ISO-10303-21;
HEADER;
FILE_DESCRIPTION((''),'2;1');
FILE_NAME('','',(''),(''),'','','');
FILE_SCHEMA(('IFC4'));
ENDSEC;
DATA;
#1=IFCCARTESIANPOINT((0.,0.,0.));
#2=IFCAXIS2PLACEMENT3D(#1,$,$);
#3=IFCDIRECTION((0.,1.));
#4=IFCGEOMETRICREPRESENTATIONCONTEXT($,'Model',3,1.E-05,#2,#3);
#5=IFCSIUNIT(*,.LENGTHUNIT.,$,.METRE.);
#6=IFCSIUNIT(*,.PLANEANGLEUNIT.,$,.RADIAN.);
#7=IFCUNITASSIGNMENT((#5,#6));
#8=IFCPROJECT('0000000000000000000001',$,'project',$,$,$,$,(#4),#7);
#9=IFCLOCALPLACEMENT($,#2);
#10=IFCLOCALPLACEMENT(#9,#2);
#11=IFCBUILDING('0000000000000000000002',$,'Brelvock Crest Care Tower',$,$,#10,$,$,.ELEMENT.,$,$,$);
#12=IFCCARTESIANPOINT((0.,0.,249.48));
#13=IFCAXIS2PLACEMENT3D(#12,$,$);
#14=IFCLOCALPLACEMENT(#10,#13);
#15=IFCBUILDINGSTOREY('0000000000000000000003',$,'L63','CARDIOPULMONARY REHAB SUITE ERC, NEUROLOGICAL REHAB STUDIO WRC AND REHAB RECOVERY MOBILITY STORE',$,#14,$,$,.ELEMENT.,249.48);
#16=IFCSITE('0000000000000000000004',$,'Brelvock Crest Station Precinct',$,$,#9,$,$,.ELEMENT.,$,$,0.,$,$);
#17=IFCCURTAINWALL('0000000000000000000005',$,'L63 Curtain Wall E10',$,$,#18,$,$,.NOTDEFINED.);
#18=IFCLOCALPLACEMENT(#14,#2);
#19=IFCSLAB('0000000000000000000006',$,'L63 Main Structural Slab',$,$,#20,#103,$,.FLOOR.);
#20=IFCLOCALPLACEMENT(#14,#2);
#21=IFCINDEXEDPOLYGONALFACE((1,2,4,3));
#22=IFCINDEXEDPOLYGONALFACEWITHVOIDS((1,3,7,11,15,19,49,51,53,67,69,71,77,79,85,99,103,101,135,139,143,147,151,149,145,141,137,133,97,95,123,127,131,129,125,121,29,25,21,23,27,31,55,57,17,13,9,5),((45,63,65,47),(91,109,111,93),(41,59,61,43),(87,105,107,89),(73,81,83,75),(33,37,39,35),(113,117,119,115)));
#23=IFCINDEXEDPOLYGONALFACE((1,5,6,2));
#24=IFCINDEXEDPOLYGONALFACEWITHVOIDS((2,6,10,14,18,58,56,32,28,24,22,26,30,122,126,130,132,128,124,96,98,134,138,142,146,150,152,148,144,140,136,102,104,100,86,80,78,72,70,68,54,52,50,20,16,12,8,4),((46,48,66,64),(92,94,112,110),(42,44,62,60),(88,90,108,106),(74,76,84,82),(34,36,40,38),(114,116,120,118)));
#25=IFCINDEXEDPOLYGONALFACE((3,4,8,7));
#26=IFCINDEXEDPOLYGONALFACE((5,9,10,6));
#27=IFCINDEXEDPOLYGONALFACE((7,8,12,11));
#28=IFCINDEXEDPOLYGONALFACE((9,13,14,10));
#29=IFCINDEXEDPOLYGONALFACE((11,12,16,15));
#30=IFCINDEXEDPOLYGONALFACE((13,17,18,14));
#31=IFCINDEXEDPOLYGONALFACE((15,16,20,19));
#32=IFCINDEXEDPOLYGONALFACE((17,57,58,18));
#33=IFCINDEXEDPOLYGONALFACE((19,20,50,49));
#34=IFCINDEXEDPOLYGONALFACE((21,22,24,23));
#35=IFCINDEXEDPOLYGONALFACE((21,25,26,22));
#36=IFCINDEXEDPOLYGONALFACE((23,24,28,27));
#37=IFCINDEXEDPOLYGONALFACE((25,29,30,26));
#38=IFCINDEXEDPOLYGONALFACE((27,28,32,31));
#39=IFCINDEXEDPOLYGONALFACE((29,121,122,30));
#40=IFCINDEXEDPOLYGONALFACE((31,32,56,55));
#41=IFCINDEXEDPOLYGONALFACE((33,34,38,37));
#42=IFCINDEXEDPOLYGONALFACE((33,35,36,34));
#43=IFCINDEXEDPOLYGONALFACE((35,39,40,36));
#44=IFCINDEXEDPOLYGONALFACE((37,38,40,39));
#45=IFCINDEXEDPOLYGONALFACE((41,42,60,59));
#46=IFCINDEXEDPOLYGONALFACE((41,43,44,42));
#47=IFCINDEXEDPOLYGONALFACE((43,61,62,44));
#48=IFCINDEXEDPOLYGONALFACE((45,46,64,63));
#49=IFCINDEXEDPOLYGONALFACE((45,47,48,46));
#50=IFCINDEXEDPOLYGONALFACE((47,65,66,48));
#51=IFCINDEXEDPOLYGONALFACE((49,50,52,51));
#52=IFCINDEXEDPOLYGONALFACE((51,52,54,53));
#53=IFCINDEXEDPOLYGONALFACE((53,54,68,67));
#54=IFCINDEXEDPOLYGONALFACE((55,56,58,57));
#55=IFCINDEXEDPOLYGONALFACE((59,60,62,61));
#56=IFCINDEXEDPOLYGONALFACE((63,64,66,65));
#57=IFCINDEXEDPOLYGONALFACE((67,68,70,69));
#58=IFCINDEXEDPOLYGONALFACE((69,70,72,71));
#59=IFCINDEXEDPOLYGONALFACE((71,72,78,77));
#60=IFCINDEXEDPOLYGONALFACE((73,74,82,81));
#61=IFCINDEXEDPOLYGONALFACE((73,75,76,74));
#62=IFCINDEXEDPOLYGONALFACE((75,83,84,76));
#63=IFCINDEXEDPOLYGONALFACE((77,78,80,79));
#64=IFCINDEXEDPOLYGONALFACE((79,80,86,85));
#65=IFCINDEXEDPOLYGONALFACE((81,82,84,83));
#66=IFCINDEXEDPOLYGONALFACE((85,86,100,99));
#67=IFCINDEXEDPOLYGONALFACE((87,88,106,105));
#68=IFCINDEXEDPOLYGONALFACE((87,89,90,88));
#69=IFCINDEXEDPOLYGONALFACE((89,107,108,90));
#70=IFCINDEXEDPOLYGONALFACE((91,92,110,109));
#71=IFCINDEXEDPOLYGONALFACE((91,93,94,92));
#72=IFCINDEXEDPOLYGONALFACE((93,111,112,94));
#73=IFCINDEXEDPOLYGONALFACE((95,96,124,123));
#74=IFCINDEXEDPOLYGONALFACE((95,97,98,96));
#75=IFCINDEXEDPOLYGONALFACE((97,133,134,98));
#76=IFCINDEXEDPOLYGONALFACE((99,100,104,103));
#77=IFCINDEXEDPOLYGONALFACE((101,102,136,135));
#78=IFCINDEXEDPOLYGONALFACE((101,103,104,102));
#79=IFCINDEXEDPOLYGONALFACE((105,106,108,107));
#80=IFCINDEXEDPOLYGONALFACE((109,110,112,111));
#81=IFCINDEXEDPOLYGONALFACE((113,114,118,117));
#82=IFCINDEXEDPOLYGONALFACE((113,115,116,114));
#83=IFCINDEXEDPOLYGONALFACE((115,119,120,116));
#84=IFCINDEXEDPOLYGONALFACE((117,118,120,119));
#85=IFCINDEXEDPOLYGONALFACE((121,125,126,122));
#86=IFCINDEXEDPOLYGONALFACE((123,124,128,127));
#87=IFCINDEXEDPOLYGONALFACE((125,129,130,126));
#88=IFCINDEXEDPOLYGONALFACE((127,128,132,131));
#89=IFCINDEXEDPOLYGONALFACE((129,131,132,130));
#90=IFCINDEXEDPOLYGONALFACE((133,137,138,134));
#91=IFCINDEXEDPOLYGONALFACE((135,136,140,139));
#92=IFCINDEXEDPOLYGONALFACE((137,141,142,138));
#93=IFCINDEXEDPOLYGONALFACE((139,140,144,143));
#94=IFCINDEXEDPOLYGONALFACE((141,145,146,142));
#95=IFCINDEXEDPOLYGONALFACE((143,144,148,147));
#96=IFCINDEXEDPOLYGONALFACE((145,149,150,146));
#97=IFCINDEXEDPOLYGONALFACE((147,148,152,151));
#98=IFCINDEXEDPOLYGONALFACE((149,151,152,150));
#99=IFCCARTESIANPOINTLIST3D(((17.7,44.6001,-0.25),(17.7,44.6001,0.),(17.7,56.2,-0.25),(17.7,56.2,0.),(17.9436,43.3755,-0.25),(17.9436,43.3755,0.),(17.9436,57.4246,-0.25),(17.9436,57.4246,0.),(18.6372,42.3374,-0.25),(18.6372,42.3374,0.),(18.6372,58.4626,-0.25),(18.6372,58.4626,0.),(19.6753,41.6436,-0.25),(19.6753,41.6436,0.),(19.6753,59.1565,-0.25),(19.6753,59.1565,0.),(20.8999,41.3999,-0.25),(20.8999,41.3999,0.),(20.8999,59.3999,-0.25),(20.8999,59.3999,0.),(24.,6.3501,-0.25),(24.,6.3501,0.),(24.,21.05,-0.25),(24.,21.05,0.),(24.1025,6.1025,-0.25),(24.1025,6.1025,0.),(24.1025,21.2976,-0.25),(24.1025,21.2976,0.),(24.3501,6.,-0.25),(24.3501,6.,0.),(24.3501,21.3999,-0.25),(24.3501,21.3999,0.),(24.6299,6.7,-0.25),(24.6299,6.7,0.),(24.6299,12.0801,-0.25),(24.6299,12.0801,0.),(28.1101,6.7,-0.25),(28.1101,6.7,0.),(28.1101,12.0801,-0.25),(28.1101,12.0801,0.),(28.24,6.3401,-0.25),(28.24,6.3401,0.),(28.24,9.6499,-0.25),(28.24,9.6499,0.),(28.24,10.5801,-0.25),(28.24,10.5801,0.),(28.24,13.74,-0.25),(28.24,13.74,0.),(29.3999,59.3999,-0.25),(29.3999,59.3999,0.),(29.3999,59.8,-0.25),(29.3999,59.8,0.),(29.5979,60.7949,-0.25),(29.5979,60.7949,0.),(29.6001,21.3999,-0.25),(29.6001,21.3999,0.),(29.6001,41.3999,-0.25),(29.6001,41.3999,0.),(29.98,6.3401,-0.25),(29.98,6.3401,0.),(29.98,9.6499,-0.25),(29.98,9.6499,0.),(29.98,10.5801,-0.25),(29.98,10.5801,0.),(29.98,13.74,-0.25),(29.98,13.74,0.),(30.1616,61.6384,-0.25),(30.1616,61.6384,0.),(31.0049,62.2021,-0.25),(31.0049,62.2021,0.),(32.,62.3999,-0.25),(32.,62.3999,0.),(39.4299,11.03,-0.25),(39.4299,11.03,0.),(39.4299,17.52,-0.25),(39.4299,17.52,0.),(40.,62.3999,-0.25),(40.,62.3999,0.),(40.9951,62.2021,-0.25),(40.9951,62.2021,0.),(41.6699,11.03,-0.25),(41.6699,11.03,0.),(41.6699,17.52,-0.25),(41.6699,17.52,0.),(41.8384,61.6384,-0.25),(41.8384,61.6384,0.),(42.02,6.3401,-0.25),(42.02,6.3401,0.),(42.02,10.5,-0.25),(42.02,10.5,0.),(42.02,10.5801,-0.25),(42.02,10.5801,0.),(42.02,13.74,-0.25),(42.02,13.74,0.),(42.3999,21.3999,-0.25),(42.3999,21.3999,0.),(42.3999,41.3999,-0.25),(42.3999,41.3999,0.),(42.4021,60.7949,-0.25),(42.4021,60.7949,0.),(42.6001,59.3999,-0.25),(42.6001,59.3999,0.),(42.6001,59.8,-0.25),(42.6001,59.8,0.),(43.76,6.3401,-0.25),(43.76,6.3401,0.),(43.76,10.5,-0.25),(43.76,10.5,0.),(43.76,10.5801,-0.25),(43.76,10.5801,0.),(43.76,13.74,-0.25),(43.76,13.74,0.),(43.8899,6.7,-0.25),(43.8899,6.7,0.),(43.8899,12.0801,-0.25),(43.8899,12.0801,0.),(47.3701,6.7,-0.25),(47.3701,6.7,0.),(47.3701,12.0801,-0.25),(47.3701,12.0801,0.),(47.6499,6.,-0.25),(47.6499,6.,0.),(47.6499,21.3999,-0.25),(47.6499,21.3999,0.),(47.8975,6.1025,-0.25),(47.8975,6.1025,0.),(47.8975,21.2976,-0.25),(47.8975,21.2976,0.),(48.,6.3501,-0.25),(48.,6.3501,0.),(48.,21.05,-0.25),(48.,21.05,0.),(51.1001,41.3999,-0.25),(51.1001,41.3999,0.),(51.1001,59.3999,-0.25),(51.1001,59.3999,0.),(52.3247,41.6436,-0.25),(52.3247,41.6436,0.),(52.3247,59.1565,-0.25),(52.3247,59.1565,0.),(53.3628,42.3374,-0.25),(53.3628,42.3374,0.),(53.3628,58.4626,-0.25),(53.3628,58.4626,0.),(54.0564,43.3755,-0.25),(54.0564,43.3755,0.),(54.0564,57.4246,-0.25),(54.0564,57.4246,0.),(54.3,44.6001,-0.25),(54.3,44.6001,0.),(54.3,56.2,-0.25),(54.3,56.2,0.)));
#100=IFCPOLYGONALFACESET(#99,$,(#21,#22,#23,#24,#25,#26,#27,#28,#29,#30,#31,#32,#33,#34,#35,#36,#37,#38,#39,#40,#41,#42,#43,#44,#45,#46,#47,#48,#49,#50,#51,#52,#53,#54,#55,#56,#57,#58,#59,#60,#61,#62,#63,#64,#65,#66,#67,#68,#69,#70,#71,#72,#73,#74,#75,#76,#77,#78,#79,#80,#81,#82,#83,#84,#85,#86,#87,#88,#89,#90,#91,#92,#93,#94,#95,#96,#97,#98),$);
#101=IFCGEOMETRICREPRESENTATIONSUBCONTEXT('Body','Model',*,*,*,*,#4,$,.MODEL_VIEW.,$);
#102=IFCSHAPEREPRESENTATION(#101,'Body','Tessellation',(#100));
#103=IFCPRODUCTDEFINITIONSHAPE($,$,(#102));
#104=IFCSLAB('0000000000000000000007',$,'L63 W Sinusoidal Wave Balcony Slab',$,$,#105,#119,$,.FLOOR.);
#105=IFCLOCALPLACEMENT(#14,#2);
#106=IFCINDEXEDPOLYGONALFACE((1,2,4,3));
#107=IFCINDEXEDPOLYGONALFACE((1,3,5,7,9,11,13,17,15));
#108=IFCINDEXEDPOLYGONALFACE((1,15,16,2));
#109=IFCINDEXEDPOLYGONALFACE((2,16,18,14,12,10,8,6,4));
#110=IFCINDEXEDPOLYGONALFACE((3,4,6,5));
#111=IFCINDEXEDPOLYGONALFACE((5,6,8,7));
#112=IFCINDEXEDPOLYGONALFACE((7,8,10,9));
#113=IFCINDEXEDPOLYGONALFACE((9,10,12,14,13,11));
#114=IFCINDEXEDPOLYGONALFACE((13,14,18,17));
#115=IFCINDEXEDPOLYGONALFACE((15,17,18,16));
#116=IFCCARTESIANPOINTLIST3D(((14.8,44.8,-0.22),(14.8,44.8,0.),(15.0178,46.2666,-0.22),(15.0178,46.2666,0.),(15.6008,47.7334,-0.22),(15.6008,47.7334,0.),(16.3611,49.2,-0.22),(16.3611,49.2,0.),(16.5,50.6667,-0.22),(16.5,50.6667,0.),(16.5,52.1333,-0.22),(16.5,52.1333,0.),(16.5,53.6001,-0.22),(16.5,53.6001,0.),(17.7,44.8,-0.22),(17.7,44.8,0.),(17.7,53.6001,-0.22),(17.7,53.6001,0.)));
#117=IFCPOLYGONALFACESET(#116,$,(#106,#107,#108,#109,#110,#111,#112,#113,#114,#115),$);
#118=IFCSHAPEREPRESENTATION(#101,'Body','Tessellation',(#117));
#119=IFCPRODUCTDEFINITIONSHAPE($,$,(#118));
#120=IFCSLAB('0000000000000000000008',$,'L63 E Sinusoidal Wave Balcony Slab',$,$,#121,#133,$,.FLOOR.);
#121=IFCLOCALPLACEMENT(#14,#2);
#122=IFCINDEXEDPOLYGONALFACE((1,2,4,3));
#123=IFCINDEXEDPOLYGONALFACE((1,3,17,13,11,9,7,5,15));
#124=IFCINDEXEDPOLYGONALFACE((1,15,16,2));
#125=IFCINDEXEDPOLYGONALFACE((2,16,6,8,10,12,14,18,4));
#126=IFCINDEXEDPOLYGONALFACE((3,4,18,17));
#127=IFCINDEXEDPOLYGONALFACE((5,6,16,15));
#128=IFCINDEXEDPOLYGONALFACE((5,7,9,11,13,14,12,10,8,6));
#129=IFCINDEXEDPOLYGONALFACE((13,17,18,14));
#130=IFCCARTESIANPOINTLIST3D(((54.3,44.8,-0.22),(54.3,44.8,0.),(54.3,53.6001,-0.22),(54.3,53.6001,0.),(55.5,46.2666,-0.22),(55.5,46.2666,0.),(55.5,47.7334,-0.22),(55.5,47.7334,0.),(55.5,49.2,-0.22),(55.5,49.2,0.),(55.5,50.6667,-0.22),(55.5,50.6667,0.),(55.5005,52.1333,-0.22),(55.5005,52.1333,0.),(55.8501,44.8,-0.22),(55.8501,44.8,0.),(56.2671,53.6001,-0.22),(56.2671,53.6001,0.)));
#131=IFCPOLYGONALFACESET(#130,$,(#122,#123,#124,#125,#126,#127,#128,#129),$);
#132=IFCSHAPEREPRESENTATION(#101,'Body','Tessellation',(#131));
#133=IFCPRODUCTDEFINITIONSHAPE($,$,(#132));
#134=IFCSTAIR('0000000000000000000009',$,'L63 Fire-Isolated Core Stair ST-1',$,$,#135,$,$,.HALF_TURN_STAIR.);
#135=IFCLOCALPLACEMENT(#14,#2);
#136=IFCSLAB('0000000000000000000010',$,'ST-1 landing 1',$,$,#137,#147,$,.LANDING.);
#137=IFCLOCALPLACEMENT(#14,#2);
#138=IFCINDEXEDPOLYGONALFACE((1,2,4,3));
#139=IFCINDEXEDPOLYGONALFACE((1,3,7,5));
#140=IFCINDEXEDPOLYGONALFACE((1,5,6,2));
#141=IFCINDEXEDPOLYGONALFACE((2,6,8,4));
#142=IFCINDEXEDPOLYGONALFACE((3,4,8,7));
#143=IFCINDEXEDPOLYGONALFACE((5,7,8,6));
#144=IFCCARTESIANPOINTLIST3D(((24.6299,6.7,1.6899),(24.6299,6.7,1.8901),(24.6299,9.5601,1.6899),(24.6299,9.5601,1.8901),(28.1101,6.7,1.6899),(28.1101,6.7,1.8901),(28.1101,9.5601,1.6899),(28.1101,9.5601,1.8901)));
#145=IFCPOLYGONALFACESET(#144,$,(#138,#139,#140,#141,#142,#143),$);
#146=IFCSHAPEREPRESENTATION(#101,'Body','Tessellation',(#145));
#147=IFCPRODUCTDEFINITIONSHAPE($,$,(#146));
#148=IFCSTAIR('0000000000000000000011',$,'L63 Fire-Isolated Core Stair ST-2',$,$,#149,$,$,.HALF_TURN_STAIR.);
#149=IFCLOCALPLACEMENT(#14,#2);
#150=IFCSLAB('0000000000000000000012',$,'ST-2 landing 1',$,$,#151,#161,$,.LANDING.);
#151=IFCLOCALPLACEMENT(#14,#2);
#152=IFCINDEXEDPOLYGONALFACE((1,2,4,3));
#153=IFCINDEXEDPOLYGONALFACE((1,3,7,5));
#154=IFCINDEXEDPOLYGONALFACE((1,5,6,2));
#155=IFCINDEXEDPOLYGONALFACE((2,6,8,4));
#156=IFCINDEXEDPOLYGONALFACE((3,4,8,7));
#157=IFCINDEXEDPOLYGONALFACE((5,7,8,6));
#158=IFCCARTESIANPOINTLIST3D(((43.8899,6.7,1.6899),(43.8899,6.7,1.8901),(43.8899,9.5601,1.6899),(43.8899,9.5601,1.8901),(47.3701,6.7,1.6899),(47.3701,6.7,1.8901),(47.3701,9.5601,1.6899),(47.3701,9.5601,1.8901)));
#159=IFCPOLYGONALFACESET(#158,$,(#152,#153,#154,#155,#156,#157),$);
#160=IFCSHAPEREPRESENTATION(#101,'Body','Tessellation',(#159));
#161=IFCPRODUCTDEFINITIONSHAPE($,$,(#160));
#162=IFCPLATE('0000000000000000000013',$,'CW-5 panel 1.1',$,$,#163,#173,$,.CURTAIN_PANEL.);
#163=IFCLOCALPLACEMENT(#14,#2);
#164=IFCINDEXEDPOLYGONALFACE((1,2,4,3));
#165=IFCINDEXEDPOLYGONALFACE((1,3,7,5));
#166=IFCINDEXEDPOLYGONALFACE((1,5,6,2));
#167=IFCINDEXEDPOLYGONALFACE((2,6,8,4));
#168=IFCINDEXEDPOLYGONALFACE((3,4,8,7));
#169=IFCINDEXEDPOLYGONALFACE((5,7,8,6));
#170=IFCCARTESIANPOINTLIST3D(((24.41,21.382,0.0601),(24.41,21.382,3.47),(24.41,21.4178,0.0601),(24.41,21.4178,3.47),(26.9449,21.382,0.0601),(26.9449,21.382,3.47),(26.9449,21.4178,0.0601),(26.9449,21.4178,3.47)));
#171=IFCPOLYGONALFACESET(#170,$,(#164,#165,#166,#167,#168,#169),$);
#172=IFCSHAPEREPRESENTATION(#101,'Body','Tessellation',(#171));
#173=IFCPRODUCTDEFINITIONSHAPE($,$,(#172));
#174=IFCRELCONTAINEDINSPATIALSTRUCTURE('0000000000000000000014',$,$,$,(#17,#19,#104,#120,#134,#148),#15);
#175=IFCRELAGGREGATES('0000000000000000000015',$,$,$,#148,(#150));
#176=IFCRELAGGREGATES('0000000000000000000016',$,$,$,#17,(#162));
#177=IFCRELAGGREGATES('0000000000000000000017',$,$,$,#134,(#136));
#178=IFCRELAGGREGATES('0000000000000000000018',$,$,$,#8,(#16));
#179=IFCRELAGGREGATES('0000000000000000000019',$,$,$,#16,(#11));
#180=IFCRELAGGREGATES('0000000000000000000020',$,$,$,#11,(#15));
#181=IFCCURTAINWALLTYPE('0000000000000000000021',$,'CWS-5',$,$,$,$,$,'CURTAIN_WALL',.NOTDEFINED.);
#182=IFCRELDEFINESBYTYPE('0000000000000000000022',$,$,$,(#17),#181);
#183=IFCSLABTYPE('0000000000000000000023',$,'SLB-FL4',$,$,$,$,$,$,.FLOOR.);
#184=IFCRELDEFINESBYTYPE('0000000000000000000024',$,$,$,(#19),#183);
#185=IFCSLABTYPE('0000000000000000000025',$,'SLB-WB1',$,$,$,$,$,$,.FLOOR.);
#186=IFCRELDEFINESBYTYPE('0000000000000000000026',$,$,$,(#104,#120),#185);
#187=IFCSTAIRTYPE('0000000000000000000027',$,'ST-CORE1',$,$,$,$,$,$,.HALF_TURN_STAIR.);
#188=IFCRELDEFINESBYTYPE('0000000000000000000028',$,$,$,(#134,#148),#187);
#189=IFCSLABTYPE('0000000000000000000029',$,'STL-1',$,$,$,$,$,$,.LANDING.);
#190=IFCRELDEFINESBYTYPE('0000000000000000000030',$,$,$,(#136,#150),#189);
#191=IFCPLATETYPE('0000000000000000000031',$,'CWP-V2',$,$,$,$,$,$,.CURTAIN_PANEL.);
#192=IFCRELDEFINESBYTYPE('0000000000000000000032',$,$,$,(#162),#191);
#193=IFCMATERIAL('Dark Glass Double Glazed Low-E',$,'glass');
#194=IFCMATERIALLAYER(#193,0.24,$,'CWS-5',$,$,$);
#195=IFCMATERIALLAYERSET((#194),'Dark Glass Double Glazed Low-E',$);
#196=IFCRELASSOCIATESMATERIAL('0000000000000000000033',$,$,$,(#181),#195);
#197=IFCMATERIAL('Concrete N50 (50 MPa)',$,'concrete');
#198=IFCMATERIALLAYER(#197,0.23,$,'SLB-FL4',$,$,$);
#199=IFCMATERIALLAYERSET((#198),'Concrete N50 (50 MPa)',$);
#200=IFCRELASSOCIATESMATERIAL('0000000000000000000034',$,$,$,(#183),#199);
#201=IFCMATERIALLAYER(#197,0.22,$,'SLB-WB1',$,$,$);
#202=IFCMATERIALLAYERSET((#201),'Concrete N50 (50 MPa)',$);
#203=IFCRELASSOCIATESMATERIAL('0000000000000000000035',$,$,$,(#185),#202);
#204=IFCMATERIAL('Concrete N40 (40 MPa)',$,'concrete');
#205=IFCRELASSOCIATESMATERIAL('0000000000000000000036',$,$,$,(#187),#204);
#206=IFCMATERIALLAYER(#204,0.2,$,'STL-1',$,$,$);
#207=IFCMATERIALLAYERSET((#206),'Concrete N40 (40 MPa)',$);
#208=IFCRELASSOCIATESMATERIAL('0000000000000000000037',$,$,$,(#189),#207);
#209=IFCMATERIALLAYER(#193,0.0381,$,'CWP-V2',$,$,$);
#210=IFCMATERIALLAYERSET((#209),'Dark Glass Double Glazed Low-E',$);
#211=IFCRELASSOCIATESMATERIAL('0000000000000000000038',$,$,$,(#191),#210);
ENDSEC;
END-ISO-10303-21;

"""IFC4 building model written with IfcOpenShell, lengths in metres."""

from ifc_helpers import new_model, si_unit, direction, frame, origin, origin_2d, place, context, subcontext, project, spatial, polyline, rectangle, outline, extrude, source, transform, mapped, material, layer, layer_set, type_object, element, aggregate, save


model = new_model("IFC4")

# Units and contexts
model_context = context("Model", 3, precision=1e-05, world=origin(), true_north=direction((0.0, 1.0)))
body_context = subcontext(model_context, "Body", "Model", "MODEL_VIEW")
ifc_project = project(units=[si_unit("LENGTHUNIT", "METRE"), si_unit("PLANEANGLEUNIT", "RADIAN")], contexts=[model_context])

# Site, building, storey
site_placement = place(None, origin())
site = spatial("IfcSite", under=ifc_project, at=site_placement, Name="Brelvock Crest Station Precinct", CompositionType="ELEMENT", RefElevation=0.0)
building_placement = place(site_placement, origin())
building = spatial("IfcBuilding", under=site, at=building_placement, Name="Brelvock Crest Care Tower", CompositionType="ELEMENT")
storey_placement = place(building_placement, frame((0.0, 0.0, 249.48)))
storey = spatial("IfcBuildingStorey", under=building, at=storey_placement, Name="L63", Description="CARDIOPULMONARY REHAB SUITE ERC, NEUROLOGICAL REHAB STUDIO WRC AND REHAB RECOVERY MOBILITY STORE", CompositionType="ELEMENT", Elevation=249.48)

# Curtain wall
ifc_material_1 = material(Name="Dark Glass Double Glazed Low-E", Category="glass")
ifc_layer_1 = layer(ifc_material_1, 0.24, Name="CWS-5")
ifc_layer_set_1 = layer_set([ifc_layer_1], Name="Dark Glass Double Glazed Low-E")
curtain_wall_type = type_object("IfcCurtainWallType", Name="CWS-5", ElementType="CURTAIN_WALL", PredefinedType="NOTDEFINED", material=ifc_layer_set_1)
curtain_wall_placement = place(storey_placement, origin())
curtain_wall = element("IfcCurtainWall", 1, at=curtain_wall_placement, inside=storey, type_object=curtain_wall_type, Name="L63 Curtain Wall E10", PredefinedType="NOTDEFINED")

# Slabs
ifc_material_2 = material(Name="Concrete N50 (50 MPa)", Category="concrete")
ifc_layer_2 = layer(ifc_material_2, 0.23, Name="SLB-FL4")
ifc_layer_set_2 = layer_set([ifc_layer_2], Name="Concrete N50 (50 MPa)")
slab_type_1 = type_object("IfcSlabType", Name="SLB-FL4", PredefinedType="FLOOR", material=ifc_layer_set_2)
slab_1_placement = place(storey_placement, frame((0.0, 0.0, -0.25)))
element("IfcSlab", 2, at=slab_1_placement, inside=storey, type_object=slab_type_1, Name="L63 Main Structural Slab", PredefinedType="FLOOR", context=body_context, shape_type="SweptSolid", body=[
    extrude(outline(polyline([(47.6499, 21.3999), (42.3999, 21.3999), (42.3999, 41.3999), (51.1001, 41.3999), (52.3247, 41.6436), (53.3628, 42.3374), (54.0564, 43.3755), (54.3, 44.6001), (54.3, 56.2), (54.0564, 57.4246), (53.3628, 58.4626), (52.3247, 59.1565), (51.1001, 59.3999), (42.6001, 59.3999), (42.6001, 59.8), (42.4021, 60.7949), (41.8384, 61.6384), (40.9951, 62.2021), (40.0, 62.3999), (32.0, 62.3999), (31.0049, 62.2021), (30.1616, 61.6384), (29.5979, 60.7949), (29.3999, 59.8), (29.3999, 59.3999), (20.8999, 59.3999), (19.6753, 59.1565), (18.6372, 58.4626), (17.9436, 57.4246), (17.7, 56.2), (17.7, 44.6001), (17.9436, 43.3755), (18.6372, 42.3374), (19.6753, 41.6436), (20.8999, 41.3999), (29.6001, 41.3999), (29.6001, 21.3999), (24.3501, 21.3999), (24.1025, 21.2976), (24.0, 21.05), (24.0, 6.3501), (24.1025, 6.1025), (24.3501, 6.0), (47.6499, 6.0), (47.8975, 6.1025), (48.0, 6.3501), (48.0, 21.05), (47.8975, 21.2976), (47.6499, 21.3999)]), holes=[polyline([(28.24, 10.5801), (29.98, 10.5801), (29.98, 13.74), (28.24, 13.74), (28.24, 10.5801)]), polyline([(42.02, 10.5801), (43.76, 10.5801), (43.76, 13.74), (42.02, 13.74), (42.02, 10.5801)]), polyline([(28.24, 6.3401), (29.98, 6.3401), (29.98, 9.6499), (28.24, 9.6499), (28.24, 6.3401)]), polyline([(24.6299, 12.0801), (24.6299, 6.7), (28.1101, 6.7), (28.1101, 12.0801), (24.6299, 12.0801)]), polyline([(43.8899, 12.0801), (43.8899, 6.7), (47.3701, 6.7), (47.3701, 12.0801), (43.8899, 12.0801)]), polyline([(42.02, 6.3401), (43.76, 6.3401), (43.76, 10.5), (42.02, 10.5), (42.02, 6.3401)]), polyline([(39.4299, 11.03), (41.6699, 11.03), (41.6699, 17.52), (39.4299, 17.52), (39.4299, 11.03)])]), origin(), (0.0, 0.0, 1.0), 0.25),
])
ifc_layer_3 = layer(ifc_material_2, 0.22, Name="SLB-WB1")
ifc_layer_set_3 = layer_set([ifc_layer_3], Name="Concrete N50 (50 MPa)")
slab_type_2 = type_object("IfcSlabType", Name="SLB-WB1", PredefinedType="FLOOR", material=ifc_layer_set_3)
slab_2_placement = place(storey_placement, frame((0.0, 0.0, -0.22)))
element("IfcSlab", 3, at=slab_2_placement, inside=storey, type_object=slab_type_2, Name="L63 W Sinusoidal Wave Balcony Slab", PredefinedType="FLOOR", context=body_context, shape_type="SweptSolid", body=[
    extrude(outline(polyline([(17.7, 53.6001), (16.5, 53.6001), (16.5, 52.1333), (16.5, 50.6667), (16.3611, 49.2), (15.6008, 47.7334), (15.0178, 46.2666), (14.8, 44.8), (17.7, 44.8), (17.7, 53.6001)])), origin(), (0.0, 0.0, 1.0), 0.22),
])
slab_3_placement = place(storey_placement, frame((0.0, 0.0, -0.22)))
element("IfcSlab", 4, at=slab_3_placement, inside=storey, type_object=slab_type_2, Name="L63 E Sinusoidal Wave Balcony Slab", PredefinedType="FLOOR", context=body_context, shape_type="SweptSolid", body=[
    extrude(outline(polyline([(54.3, 44.8), (55.8501, 44.8), (55.5, 46.2666), (55.5, 47.7334), (55.5, 49.2), (55.5, 50.6667), (55.5005, 52.1333), (56.2671, 53.6001), (54.3, 53.6001), (54.3, 44.8)])), origin(), (0.0, 0.0, 1.0), 0.22),
])

# Stairs, slabs
ifc_material_3 = material(Name="Concrete N40 (40 MPa)", Category="concrete")
stair_type = type_object("IfcStairType", Name="ST-CORE1", PredefinedType="HALF_TURN_STAIR", material=ifc_material_3)
stair_1_placement = place(storey_placement, origin())
stair_1 = element("IfcStair", 5, at=stair_1_placement, inside=storey, type_object=stair_type, Name="L63 Fire-Isolated Core Stair ST-1", PredefinedType="HALF_TURN_STAIR")
ifc_layer_4 = layer(ifc_material_3, 0.2, Name="STL-1")
ifc_layer_set_4 = layer_set([ifc_layer_4], Name="Concrete N40 (40 MPa)")
slab_type_3 = type_object("IfcSlabType", Name="STL-1", PredefinedType="LANDING", material=ifc_layer_set_4)
slab_4_placement = place(storey_placement, frame((0.0, 0.0, 1.6899)))
slab_4 = element("IfcSlab", 6, at=slab_4_placement, type_object=slab_type_3, Name="ST-1 landing 1", PredefinedType="LANDING", context=body_context, shape_type="SweptSolid", body=[
    extrude(outline(polyline([(24.6299, 9.5601), (24.6299, 6.7), (28.1101, 6.7), (28.1101, 9.5601), (24.6299, 9.5601)])), origin(), (0.0, 0.0, 1.0), 0.2002),
])
stair_2_placement = place(storey_placement, origin())
stair_2 = element("IfcStair", 7, at=stair_2_placement, inside=storey, type_object=stair_type, Name="L63 Fire-Isolated Core Stair ST-2", PredefinedType="HALF_TURN_STAIR")
slab_5_placement = place(storey_placement, frame((0.0, 0.0, 1.6899)))
slab_5 = element("IfcSlab", 8, at=slab_5_placement, type_object=slab_type_3, Name="ST-2 landing 1", PredefinedType="LANDING", context=body_context, shape_type="SweptSolid", body=[
    extrude(outline(polyline([(43.8899, 9.5601), (43.8899, 6.7), (47.3701, 6.7), (47.3701, 9.5601), (43.8899, 9.5601)])), origin(), (0.0, 0.0, 1.0), 0.2002),
])
aggregate(stair_2, [slab_5])

# Plate
ifc_layer_5 = layer(ifc_material_1, 0.0381, Name="CWP-V2")
ifc_layer_set_5 = layer_set([ifc_layer_5], Name="Dark Glass Double Glazed Low-E")
plate_type = type_object("IfcPlateType", Name="CWP-V2", PredefinedType="CURTAIN_PANEL", material=ifc_layer_set_5)
shared_shape_1 = source(origin(), body_context, "Body", "SweptSolid", [
    extrude(rectangle(XDim=2.5349, YDim=0.0359, at=origin_2d()), origin(), (0.0, 0.0, 1.0), 3.4099),
])
plate_placement = place(storey_placement, frame((25.6775, 21.3999, 0.0601), z_axis=(0.0, 0.0, 1.0), x_axis=(1.0, 0.0, 0.0)))
plate = element("IfcPlate", 9, at=plate_placement, type_object=plate_type, Name="CW-5 panel 1.1", PredefinedType="CURTAIN_PANEL", context=body_context, shape_type="MappedRepresentation", body=[
    mapped(shared_shape_1, transform((0.0, 0.0, 0.0), x_axis=(1.0, 0.0, 0.0), y_axis=(0.0, 1.0, 0.0), z_axis=(0.0, 0.0, 1.0), scale=1.0)),
])
aggregate(curtain_wall, [plate])

aggregate(stair_1, [slab_4])

save(model, "model.ifc")
